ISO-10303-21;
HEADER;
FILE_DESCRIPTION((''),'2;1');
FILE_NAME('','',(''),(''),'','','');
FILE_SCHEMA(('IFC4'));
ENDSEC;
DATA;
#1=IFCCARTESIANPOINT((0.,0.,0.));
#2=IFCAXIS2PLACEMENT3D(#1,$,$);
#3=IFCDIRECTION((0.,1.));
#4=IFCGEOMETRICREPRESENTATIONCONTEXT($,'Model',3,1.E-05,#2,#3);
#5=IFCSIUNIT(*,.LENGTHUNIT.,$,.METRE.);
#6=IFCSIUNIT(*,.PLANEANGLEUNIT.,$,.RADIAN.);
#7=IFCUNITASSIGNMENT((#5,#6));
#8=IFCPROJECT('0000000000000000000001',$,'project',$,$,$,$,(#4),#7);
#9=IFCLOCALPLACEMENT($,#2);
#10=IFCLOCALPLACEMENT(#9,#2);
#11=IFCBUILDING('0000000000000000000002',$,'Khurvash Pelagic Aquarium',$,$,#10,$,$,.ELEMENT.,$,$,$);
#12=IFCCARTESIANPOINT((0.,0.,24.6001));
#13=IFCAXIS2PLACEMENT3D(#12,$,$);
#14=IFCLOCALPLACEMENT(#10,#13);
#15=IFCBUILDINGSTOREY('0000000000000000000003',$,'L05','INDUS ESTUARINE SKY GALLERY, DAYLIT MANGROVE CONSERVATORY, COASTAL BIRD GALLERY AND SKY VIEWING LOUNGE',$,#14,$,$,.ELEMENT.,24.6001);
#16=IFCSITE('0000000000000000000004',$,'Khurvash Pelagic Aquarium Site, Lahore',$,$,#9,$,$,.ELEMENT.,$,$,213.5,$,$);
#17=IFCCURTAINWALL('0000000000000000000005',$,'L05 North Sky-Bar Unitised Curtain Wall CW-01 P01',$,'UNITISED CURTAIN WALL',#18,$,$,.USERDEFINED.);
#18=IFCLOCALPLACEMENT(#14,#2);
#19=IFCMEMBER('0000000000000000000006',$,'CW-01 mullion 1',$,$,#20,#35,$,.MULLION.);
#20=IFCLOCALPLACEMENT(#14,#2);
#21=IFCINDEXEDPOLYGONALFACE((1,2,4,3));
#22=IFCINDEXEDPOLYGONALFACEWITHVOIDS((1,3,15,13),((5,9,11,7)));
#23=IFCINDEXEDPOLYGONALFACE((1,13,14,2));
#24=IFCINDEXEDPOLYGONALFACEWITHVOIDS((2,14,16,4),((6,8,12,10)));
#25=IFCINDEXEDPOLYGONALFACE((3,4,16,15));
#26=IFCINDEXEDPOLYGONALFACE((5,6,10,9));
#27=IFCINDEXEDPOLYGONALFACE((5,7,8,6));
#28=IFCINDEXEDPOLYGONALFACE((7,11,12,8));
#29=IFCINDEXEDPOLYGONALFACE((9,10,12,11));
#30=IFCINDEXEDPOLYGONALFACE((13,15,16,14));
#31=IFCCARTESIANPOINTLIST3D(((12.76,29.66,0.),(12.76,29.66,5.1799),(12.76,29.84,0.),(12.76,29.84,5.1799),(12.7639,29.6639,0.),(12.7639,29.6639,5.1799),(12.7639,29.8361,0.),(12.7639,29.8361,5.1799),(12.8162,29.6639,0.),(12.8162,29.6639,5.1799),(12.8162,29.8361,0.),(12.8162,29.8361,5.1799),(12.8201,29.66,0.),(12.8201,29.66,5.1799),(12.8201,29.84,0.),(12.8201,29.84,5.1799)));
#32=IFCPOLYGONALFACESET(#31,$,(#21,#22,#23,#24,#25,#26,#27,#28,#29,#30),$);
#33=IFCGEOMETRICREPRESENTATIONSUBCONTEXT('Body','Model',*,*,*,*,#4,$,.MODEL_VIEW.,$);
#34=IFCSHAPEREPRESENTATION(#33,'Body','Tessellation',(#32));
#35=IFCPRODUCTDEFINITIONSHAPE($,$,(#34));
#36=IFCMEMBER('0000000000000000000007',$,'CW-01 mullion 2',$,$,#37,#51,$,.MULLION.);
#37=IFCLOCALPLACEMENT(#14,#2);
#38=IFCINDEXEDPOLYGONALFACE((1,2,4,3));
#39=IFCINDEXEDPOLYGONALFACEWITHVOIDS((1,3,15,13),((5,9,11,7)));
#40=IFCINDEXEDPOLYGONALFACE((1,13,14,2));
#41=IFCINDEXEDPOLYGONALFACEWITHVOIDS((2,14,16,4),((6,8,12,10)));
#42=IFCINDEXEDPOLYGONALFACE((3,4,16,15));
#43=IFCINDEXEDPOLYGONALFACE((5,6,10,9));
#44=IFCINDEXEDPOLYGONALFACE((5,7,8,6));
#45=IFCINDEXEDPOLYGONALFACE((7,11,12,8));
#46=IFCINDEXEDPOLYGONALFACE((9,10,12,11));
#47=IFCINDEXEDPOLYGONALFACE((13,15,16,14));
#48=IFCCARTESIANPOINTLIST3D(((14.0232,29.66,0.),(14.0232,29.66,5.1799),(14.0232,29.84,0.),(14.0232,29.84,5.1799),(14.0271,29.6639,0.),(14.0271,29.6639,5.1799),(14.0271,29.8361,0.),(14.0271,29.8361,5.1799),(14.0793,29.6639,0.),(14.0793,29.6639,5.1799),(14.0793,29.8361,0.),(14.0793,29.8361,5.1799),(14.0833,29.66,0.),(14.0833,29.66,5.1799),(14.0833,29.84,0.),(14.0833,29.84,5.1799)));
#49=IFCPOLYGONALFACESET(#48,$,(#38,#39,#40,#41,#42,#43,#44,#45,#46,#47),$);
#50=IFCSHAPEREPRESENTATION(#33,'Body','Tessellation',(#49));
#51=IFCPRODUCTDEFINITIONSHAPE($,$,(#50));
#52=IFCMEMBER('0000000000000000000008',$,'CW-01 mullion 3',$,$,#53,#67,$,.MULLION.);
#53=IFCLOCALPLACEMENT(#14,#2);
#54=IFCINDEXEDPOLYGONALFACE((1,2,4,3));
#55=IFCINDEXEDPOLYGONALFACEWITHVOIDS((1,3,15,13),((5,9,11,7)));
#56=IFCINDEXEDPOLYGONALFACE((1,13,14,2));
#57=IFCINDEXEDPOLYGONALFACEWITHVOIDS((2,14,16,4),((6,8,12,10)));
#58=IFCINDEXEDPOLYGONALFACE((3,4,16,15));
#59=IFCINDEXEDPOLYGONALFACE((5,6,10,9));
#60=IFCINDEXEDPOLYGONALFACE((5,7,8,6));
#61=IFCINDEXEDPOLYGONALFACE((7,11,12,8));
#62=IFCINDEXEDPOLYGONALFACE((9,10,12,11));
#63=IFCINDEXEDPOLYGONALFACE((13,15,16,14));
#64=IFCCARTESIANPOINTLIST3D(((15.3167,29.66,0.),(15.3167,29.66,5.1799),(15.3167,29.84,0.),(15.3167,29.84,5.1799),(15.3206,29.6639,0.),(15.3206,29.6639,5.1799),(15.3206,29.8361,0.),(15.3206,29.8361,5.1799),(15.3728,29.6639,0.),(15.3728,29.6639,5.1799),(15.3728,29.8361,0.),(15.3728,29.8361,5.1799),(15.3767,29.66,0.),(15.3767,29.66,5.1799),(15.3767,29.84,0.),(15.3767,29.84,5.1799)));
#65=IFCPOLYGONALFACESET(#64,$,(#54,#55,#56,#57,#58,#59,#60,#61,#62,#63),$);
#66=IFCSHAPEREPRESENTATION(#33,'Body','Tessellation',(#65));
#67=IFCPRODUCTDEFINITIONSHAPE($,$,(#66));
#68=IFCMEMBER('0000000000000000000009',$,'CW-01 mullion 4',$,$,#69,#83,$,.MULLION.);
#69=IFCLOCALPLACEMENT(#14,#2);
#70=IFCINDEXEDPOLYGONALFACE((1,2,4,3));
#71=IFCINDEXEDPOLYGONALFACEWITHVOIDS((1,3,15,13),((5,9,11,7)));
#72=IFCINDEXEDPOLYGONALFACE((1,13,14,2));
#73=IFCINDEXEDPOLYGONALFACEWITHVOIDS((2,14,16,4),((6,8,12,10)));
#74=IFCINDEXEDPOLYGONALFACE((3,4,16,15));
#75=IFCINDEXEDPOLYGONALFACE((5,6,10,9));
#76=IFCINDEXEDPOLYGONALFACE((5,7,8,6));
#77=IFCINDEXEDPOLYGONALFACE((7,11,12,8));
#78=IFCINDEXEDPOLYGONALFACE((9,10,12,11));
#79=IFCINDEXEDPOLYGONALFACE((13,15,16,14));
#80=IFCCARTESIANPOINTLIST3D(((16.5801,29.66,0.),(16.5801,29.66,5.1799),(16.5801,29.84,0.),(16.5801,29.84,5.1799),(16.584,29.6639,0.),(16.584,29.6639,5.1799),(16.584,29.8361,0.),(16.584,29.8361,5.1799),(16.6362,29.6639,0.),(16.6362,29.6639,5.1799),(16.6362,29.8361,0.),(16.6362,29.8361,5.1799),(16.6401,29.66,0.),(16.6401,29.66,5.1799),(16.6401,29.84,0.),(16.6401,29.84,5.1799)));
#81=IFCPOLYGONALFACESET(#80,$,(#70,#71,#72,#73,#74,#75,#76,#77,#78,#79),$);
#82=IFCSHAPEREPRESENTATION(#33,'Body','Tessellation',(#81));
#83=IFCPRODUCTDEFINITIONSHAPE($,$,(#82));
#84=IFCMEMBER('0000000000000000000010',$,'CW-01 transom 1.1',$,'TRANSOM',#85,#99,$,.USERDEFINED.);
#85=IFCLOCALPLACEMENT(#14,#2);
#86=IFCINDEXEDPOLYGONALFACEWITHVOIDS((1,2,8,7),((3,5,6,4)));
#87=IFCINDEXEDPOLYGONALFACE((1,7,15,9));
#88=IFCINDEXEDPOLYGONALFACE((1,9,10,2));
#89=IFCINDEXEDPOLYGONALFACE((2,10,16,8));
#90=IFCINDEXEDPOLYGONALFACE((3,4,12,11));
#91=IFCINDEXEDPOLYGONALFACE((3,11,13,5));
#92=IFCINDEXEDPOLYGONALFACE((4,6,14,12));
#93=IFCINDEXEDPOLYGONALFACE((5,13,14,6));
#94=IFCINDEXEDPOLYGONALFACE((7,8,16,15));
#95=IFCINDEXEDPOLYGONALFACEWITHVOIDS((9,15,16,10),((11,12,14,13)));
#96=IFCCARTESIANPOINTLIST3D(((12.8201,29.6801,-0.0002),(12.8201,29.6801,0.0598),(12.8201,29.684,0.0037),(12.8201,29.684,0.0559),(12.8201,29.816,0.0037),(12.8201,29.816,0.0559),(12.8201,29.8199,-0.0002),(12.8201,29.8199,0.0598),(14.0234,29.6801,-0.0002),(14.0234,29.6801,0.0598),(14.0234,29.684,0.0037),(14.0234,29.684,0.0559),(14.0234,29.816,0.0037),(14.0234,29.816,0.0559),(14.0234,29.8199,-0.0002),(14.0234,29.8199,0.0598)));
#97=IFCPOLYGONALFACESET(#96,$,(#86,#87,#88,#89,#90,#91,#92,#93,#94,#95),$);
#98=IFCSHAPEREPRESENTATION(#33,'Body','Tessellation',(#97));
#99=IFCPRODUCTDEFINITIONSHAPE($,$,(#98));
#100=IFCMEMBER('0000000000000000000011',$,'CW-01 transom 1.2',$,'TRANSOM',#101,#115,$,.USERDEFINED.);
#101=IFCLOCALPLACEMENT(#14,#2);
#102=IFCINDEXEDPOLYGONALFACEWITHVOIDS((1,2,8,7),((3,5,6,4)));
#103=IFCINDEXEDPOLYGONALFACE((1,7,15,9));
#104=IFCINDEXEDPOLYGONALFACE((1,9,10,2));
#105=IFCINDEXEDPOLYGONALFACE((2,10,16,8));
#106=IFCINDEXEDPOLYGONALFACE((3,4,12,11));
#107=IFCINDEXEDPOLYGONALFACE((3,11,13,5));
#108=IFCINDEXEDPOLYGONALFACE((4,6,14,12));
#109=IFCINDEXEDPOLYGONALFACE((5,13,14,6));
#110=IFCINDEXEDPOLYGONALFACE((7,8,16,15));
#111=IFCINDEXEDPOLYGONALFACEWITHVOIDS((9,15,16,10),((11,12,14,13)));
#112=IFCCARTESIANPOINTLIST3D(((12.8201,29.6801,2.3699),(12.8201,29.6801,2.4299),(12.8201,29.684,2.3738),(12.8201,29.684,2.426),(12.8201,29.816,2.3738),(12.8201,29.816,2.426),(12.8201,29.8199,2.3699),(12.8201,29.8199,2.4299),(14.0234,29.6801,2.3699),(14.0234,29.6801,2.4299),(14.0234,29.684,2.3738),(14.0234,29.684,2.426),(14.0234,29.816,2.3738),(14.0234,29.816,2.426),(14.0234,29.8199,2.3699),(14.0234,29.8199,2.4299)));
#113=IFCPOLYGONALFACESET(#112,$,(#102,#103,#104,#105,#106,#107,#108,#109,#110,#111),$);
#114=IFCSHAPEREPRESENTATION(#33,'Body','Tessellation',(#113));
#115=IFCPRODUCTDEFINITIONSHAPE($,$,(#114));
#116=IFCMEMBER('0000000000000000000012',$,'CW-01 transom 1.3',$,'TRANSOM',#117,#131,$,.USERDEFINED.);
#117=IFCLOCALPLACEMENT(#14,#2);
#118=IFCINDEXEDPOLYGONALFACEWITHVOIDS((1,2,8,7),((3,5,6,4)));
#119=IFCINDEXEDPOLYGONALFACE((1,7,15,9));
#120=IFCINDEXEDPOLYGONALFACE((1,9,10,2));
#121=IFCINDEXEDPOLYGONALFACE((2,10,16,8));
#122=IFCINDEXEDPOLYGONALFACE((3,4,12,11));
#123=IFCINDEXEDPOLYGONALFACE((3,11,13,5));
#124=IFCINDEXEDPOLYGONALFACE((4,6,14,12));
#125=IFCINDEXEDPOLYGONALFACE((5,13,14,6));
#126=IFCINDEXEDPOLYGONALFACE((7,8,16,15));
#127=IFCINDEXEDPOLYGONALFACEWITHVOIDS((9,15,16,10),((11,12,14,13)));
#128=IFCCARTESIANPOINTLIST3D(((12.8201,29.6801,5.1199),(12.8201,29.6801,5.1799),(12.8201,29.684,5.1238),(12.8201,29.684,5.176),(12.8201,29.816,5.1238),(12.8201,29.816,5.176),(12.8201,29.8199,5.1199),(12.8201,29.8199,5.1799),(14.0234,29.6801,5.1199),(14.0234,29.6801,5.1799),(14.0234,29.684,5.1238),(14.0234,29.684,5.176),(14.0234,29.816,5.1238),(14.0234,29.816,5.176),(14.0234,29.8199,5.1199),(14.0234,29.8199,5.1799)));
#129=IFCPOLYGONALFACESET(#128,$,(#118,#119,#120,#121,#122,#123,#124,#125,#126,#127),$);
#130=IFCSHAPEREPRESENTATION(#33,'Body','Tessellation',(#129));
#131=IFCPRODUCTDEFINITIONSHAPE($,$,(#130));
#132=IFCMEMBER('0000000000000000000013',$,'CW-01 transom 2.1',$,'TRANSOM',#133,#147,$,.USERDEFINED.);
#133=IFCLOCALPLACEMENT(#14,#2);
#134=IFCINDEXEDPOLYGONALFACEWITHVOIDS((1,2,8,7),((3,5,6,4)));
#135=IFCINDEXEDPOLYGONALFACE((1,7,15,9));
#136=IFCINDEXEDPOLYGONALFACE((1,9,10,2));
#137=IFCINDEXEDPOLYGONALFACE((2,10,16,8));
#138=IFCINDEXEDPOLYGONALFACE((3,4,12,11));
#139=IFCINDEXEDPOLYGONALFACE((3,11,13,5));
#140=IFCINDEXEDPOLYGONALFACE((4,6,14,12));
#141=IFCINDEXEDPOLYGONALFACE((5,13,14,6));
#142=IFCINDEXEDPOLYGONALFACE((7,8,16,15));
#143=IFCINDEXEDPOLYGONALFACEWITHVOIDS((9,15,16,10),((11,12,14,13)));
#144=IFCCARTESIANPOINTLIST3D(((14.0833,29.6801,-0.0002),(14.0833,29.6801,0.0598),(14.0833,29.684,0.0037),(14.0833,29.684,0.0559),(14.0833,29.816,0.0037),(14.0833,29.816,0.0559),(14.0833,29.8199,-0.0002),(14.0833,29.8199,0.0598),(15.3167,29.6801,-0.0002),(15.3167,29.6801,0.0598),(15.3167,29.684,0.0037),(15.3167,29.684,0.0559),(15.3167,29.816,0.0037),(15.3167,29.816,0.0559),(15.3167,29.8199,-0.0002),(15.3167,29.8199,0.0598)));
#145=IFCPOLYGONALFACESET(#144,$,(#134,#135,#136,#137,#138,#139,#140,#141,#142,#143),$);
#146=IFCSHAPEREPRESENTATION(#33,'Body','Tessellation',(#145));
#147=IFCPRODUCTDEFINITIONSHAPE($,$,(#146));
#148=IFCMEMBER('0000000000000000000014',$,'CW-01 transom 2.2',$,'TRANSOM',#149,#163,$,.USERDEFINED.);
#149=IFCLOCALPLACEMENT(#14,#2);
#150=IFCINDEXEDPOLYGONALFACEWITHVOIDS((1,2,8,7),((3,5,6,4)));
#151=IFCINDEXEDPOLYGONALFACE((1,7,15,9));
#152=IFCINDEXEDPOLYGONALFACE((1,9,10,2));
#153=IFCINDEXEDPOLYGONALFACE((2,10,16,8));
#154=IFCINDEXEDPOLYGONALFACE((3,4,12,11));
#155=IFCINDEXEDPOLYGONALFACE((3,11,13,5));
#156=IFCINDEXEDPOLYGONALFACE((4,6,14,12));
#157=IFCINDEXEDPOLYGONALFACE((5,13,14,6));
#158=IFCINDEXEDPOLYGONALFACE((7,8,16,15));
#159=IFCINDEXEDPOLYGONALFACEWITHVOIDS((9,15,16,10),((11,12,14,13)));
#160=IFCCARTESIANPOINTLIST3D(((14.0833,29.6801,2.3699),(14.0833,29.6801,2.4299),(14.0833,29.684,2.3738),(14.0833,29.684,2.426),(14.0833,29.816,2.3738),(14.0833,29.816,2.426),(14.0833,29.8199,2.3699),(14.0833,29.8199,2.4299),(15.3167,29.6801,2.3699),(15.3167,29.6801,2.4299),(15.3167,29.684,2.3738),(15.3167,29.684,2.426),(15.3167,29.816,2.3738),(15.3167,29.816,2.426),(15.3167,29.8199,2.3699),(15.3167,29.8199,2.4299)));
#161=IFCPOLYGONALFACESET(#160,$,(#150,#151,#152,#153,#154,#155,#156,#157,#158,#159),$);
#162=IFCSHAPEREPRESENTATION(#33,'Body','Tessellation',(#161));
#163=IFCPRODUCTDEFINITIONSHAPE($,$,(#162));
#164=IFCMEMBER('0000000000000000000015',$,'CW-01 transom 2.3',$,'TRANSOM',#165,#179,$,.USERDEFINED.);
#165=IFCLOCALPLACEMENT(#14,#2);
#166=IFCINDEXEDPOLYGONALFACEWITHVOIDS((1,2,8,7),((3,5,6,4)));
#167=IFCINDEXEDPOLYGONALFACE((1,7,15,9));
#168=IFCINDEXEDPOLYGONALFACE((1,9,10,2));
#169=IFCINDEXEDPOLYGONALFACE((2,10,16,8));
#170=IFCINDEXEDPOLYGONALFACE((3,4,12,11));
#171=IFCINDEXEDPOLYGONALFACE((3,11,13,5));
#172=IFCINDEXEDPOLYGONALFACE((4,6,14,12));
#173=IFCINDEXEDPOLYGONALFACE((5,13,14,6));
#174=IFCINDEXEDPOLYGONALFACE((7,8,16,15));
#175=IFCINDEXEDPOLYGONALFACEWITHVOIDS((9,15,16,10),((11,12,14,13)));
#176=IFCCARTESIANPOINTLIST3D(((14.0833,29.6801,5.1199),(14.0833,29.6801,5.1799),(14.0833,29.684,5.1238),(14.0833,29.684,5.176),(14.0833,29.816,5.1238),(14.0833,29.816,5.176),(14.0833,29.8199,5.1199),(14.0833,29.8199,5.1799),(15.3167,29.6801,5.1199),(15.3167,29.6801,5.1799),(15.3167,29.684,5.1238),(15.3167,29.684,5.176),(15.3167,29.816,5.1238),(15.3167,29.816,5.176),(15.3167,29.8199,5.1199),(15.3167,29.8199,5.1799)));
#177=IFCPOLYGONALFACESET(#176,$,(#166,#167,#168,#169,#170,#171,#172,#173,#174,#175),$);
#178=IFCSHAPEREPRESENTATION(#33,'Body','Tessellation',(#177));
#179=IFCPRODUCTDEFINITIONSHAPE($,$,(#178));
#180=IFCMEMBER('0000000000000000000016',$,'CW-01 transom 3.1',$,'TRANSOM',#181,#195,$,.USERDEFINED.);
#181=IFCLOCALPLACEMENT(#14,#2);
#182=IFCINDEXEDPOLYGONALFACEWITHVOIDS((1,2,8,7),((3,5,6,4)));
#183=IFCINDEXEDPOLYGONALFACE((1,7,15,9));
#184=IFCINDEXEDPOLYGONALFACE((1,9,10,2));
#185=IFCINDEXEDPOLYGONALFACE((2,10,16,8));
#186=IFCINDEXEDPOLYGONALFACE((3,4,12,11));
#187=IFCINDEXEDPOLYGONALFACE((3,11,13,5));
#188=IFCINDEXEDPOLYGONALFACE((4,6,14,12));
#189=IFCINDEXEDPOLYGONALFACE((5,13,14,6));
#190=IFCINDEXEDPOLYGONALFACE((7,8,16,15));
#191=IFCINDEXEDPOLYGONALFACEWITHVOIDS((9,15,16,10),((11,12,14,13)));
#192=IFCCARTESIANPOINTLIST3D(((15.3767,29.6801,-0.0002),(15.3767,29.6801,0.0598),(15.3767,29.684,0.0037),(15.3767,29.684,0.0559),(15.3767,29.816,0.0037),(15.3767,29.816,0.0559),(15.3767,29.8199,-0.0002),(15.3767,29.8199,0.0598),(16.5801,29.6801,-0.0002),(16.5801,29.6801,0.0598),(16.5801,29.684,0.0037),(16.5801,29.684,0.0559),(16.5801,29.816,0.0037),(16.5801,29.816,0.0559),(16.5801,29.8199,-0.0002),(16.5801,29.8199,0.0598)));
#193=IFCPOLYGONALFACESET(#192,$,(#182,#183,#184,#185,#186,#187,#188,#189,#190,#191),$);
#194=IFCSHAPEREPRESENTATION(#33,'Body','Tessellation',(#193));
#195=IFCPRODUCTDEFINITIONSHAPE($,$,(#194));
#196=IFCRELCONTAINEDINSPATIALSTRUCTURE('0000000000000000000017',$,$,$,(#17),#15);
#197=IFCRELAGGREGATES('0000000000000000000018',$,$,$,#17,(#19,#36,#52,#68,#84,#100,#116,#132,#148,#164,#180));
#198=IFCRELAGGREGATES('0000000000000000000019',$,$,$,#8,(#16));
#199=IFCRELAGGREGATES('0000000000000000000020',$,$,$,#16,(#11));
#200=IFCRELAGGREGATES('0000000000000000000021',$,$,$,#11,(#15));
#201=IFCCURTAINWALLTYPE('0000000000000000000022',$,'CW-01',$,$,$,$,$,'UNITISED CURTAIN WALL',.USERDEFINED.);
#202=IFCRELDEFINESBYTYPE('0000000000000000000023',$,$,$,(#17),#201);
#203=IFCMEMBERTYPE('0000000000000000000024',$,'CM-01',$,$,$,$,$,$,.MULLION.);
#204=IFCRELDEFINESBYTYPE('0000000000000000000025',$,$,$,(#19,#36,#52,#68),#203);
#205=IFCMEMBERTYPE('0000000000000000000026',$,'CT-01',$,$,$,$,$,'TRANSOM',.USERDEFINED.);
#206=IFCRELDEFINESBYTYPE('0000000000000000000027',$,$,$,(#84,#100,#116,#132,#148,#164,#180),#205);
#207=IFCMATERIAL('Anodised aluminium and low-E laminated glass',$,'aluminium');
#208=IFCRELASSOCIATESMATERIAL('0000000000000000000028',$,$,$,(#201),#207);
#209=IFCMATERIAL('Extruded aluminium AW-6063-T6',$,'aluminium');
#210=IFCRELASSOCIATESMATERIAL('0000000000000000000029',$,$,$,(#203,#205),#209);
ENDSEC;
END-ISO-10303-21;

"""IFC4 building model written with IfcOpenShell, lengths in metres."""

from ifc_helpers import new_model, si_unit, direction, frame, origin, origin_2d, place, context, subcontext, project, spatial, hollow_rectangle, extrude, material, material_profile, profile_set, type_object, element, aggregate, save


model = new_model("IFC4")

# Units and contexts
model_context = context("Model", 3, precision=1e-05, world=origin(), true_north=direction((0.0, 1.0)))
body_context = subcontext(model_context, "Body", "Model", "MODEL_VIEW")
ifc_project = project(units=[si_unit("LENGTHUNIT", "METRE"), si_unit("PLANEANGLEUNIT", "RADIAN")], contexts=[model_context])

# Site, building, storey
site_placement = place(None, origin())
site = spatial("IfcSite", under=ifc_project, at=site_placement, Name="Khurvash Pelagic Aquarium Site, Lahore", CompositionType="ELEMENT", RefElevation=213.5)
building_placement = place(site_placement, origin())
building = spatial("IfcBuilding", under=site, at=building_placement, Name="Khurvash Pelagic Aquarium", CompositionType="ELEMENT")
storey_placement = place(building_placement, frame((0.0, 0.0, 24.6001)))
storey = spatial("IfcBuildingStorey", under=building, at=storey_placement, Name="L05", Description="INDUS ESTUARINE SKY GALLERY, DAYLIT MANGROVE CONSERVATORY, COASTAL BIRD GALLERY AND SKY VIEWING LOUNGE", CompositionType="ELEMENT", Elevation=24.6001)

# Curtain wall, members
ifc_material_1 = material(Name="Anodised aluminium and low-E laminated glass", Category="aluminium")
curtain_wall_type = type_object("IfcCurtainWallType", Name="CW-01", ElementType="UNITISED CURTAIN WALL", PredefinedType="USERDEFINED", material=ifc_material_1)
curtain_wall_placement = place(storey_placement, origin())
curtain_wall = element("IfcCurtainWall", 1, at=curtain_wall_placement, inside=storey, type_object=curtain_wall_type, Name="L05 North Sky-Bar Unitised Curtain Wall CW-01 P01", ObjectType="UNITISED CURTAIN WALL", PredefinedType="USERDEFINED")
ifc_material_2 = material(Name="Extruded aluminium AW-6063-T6", Category="aluminium")
ifc_material_profile_1 = material_profile(ifc_material_2, hollow_rectangle(XDim=0.0601, YDim=0.1799, WallThickness=0.0039, at=origin_2d()), Name="CWM60X180X4")
ifc_profile_set_1 = profile_set([ifc_material_profile_1], Name="Extruded aluminium AW-6063-T6")
member_type_1 = type_object("IfcMemberType", Name="CM-01", PredefinedType="MULLION", material=ifc_profile_set_1)
member_1_placement = place(storey_placement, frame((12.79, 29.75, 0.0), z_axis=(0.0, 0.0, 1.0), x_axis=(1.0, 0.0, 0.0)))
member_1 = element("IfcMember", 2, at=member_1_placement, type_object=member_type_1, Name="CW-01 mullion 1", PredefinedType="MULLION", context=body_context, shape_type="SweptSolid", body=[
    extrude(hollow_rectangle(XDim=0.0601, YDim=0.1799, WallThickness=0.0039, at=origin_2d()), origin(), (0.0, 0.0, 1.0), 5.1799),
])
member_2_placement = place(storey_placement, frame((14.0532, 29.75, 0.0), z_axis=(0.0, 0.0, 1.0), x_axis=(1.0, 0.0, 0.0)))
member_2 = element("IfcMember", 3, at=member_2_placement, type_object=member_type_1, Name="CW-01 mullion 2", PredefinedType="MULLION", context=body_context, shape_type="SweptSolid", body=[
    extrude(hollow_rectangle(XDim=0.0601, YDim=0.1799, WallThickness=0.0039, at=origin_2d()), origin(), (0.0, 0.0, 1.0), 5.1799),
])
member_3_placement = place(storey_placement, frame((15.3467, 29.75, 0.0), z_axis=(0.0, 0.0, 1.0), x_axis=(1.0, 0.0, 0.0)))
member_3 = element("IfcMember", 4, at=member_3_placement, type_object=member_type_1, Name="CW-01 mullion 3", PredefinedType="MULLION", context=body_context, shape_type="SweptSolid", body=[
    extrude(hollow_rectangle(XDim=0.0601, YDim=0.1799, WallThickness=0.0039, at=origin_2d()), origin(), (0.0, 0.0, 1.0), 5.1799),
])
member_4_placement = place(storey_placement, frame((16.6101, 29.75, 0.0), z_axis=(0.0, 0.0, 1.0), x_axis=(1.0, 0.0, 0.0)))
member_4 = element("IfcMember", 5, at=member_4_placement, type_object=member_type_1, Name="CW-01 mullion 4", PredefinedType="MULLION", context=body_context, shape_type="SweptSolid", body=[
    extrude(hollow_rectangle(XDim=0.0601, YDim=0.1799, WallThickness=0.0039, at=origin_2d()), origin(), (0.0, 0.0, 1.0), 5.1799),
])
ifc_material_profile_2 = material_profile(ifc_material_2, hollow_rectangle(XDim=0.1399, YDim=0.0601, WallThickness=0.0039, at=origin_2d()), Name="CWT140X60X4")
ifc_profile_set_2 = profile_set([ifc_material_profile_2], Name="Extruded aluminium AW-6063-T6")
member_type_2 = type_object("IfcMemberType", Name="CT-01", ElementType="TRANSOM", PredefinedType="USERDEFINED", material=ifc_profile_set_2)
member_5_placement = place(storey_placement, frame((12.8201, 29.75, 0.0298), z_axis=(1.0, 0.0, 0.0), x_axis=(0.0, 1.0, 0.0)))
member_5 = element("IfcMember", 6, at=member_5_placement, type_object=member_type_2, Name="CW-01 transom 1.1", ObjectType="TRANSOM", PredefinedType="USERDEFINED", context=body_context, shape_type="SweptSolid", body=[
    extrude(hollow_rectangle(XDim=0.1399, YDim=0.0601, WallThickness=0.0039, at=origin_2d()), origin(), (0.0, 0.0, 1.0), 1.2034),
])
member_6_placement = place(storey_placement, frame((12.8201, 29.75, 2.3999), z_axis=(1.0, 0.0, 0.0), x_axis=(0.0, 1.0, 0.0)))
member_6 = element("IfcMember", 7, at=member_6_placement, type_object=member_type_2, Name="CW-01 transom 1.2", ObjectType="TRANSOM", PredefinedType="USERDEFINED", context=body_context, shape_type="SweptSolid", body=[
    extrude(hollow_rectangle(XDim=0.1399, YDim=0.0601, WallThickness=0.0039, at=origin_2d()), origin(), (0.0, 0.0, 1.0), 1.2034),
])
member_7_placement = place(storey_placement, frame((12.8201, 29.75, 5.1499), z_axis=(1.0, 0.0, 0.0), x_axis=(0.0, 1.0, 0.0)))
member_7 = element("IfcMember", 8, at=member_7_placement, type_object=member_type_2, Name="CW-01 transom 1.3", ObjectType="TRANSOM", PredefinedType="USERDEFINED", context=body_context, shape_type="SweptSolid", body=[
    extrude(hollow_rectangle(XDim=0.1399, YDim=0.0601, WallThickness=0.0039, at=origin_2d()), origin(), (0.0, 0.0, 1.0), 1.2034),
])
member_8_placement = place(storey_placement, frame((14.0833, 29.75, 0.0298), z_axis=(1.0, 0.0, 0.0), x_axis=(0.0, 1.0, 0.0)))
member_8 = element("IfcMember", 9, at=member_8_placement, type_object=member_type_2, Name="CW-01 transom 2.1", ObjectType="TRANSOM", PredefinedType="USERDEFINED", context=body_context, shape_type="SweptSolid", body=[
    extrude(hollow_rectangle(XDim=0.1399, YDim=0.0601, WallThickness=0.0039, at=origin_2d()), origin(), (0.0, 0.0, 1.0), 1.2334),
])
member_9_placement = place(storey_placement, frame((14.0833, 29.75, 2.3999), z_axis=(1.0, 0.0, 0.0), x_axis=(0.0, 1.0, 0.0)))
member_9 = element("IfcMember", 10, at=member_9_placement, type_object=member_type_2, Name="CW-01 transom 2.2", ObjectType="TRANSOM", PredefinedType="USERDEFINED", context=body_context, shape_type="SweptSolid", body=[
    extrude(hollow_rectangle(XDim=0.1399, YDim=0.0601, WallThickness=0.0039, at=origin_2d()), origin(), (0.0, 0.0, 1.0), 1.2334),
])
member_10_placement = place(storey_placement, frame((14.0833, 29.75, 5.1499), z_axis=(1.0, 0.0, 0.0), x_axis=(0.0, 1.0, 0.0)))
member_10 = element("IfcMember", 11, at=member_10_placement, type_object=member_type_2, Name="CW-01 transom 2.3", ObjectType="TRANSOM", PredefinedType="USERDEFINED", context=body_context, shape_type="SweptSolid", body=[
    extrude(hollow_rectangle(XDim=0.1399, YDim=0.0601, WallThickness=0.0039, at=origin_2d()), origin(), (0.0, 0.0, 1.0), 1.2334),
])
member_11_placement = place(storey_placement, frame((15.3767, 29.75, 0.0298), z_axis=(1.0, 0.0, 0.0), x_axis=(0.0, 1.0, 0.0)))
member_11 = element("IfcMember", 12, at=member_11_placement, type_object=member_type_2, Name="CW-01 transom 3.1", ObjectType="TRANSOM", PredefinedType="USERDEFINED", context=body_context, shape_type="SweptSolid", body=[
    extrude(hollow_rectangle(XDim=0.1399, YDim=0.0601, WallThickness=0.0039, at=origin_2d()), origin(), (0.0, 0.0, 1.0), 1.2034),
])

aggregate(curtain_wall, [member_1, member_2, member_3, member_4, member_5, member_6, member_7, member_8, member_9, member_10, member_11])

save(model, "model.ifc")
